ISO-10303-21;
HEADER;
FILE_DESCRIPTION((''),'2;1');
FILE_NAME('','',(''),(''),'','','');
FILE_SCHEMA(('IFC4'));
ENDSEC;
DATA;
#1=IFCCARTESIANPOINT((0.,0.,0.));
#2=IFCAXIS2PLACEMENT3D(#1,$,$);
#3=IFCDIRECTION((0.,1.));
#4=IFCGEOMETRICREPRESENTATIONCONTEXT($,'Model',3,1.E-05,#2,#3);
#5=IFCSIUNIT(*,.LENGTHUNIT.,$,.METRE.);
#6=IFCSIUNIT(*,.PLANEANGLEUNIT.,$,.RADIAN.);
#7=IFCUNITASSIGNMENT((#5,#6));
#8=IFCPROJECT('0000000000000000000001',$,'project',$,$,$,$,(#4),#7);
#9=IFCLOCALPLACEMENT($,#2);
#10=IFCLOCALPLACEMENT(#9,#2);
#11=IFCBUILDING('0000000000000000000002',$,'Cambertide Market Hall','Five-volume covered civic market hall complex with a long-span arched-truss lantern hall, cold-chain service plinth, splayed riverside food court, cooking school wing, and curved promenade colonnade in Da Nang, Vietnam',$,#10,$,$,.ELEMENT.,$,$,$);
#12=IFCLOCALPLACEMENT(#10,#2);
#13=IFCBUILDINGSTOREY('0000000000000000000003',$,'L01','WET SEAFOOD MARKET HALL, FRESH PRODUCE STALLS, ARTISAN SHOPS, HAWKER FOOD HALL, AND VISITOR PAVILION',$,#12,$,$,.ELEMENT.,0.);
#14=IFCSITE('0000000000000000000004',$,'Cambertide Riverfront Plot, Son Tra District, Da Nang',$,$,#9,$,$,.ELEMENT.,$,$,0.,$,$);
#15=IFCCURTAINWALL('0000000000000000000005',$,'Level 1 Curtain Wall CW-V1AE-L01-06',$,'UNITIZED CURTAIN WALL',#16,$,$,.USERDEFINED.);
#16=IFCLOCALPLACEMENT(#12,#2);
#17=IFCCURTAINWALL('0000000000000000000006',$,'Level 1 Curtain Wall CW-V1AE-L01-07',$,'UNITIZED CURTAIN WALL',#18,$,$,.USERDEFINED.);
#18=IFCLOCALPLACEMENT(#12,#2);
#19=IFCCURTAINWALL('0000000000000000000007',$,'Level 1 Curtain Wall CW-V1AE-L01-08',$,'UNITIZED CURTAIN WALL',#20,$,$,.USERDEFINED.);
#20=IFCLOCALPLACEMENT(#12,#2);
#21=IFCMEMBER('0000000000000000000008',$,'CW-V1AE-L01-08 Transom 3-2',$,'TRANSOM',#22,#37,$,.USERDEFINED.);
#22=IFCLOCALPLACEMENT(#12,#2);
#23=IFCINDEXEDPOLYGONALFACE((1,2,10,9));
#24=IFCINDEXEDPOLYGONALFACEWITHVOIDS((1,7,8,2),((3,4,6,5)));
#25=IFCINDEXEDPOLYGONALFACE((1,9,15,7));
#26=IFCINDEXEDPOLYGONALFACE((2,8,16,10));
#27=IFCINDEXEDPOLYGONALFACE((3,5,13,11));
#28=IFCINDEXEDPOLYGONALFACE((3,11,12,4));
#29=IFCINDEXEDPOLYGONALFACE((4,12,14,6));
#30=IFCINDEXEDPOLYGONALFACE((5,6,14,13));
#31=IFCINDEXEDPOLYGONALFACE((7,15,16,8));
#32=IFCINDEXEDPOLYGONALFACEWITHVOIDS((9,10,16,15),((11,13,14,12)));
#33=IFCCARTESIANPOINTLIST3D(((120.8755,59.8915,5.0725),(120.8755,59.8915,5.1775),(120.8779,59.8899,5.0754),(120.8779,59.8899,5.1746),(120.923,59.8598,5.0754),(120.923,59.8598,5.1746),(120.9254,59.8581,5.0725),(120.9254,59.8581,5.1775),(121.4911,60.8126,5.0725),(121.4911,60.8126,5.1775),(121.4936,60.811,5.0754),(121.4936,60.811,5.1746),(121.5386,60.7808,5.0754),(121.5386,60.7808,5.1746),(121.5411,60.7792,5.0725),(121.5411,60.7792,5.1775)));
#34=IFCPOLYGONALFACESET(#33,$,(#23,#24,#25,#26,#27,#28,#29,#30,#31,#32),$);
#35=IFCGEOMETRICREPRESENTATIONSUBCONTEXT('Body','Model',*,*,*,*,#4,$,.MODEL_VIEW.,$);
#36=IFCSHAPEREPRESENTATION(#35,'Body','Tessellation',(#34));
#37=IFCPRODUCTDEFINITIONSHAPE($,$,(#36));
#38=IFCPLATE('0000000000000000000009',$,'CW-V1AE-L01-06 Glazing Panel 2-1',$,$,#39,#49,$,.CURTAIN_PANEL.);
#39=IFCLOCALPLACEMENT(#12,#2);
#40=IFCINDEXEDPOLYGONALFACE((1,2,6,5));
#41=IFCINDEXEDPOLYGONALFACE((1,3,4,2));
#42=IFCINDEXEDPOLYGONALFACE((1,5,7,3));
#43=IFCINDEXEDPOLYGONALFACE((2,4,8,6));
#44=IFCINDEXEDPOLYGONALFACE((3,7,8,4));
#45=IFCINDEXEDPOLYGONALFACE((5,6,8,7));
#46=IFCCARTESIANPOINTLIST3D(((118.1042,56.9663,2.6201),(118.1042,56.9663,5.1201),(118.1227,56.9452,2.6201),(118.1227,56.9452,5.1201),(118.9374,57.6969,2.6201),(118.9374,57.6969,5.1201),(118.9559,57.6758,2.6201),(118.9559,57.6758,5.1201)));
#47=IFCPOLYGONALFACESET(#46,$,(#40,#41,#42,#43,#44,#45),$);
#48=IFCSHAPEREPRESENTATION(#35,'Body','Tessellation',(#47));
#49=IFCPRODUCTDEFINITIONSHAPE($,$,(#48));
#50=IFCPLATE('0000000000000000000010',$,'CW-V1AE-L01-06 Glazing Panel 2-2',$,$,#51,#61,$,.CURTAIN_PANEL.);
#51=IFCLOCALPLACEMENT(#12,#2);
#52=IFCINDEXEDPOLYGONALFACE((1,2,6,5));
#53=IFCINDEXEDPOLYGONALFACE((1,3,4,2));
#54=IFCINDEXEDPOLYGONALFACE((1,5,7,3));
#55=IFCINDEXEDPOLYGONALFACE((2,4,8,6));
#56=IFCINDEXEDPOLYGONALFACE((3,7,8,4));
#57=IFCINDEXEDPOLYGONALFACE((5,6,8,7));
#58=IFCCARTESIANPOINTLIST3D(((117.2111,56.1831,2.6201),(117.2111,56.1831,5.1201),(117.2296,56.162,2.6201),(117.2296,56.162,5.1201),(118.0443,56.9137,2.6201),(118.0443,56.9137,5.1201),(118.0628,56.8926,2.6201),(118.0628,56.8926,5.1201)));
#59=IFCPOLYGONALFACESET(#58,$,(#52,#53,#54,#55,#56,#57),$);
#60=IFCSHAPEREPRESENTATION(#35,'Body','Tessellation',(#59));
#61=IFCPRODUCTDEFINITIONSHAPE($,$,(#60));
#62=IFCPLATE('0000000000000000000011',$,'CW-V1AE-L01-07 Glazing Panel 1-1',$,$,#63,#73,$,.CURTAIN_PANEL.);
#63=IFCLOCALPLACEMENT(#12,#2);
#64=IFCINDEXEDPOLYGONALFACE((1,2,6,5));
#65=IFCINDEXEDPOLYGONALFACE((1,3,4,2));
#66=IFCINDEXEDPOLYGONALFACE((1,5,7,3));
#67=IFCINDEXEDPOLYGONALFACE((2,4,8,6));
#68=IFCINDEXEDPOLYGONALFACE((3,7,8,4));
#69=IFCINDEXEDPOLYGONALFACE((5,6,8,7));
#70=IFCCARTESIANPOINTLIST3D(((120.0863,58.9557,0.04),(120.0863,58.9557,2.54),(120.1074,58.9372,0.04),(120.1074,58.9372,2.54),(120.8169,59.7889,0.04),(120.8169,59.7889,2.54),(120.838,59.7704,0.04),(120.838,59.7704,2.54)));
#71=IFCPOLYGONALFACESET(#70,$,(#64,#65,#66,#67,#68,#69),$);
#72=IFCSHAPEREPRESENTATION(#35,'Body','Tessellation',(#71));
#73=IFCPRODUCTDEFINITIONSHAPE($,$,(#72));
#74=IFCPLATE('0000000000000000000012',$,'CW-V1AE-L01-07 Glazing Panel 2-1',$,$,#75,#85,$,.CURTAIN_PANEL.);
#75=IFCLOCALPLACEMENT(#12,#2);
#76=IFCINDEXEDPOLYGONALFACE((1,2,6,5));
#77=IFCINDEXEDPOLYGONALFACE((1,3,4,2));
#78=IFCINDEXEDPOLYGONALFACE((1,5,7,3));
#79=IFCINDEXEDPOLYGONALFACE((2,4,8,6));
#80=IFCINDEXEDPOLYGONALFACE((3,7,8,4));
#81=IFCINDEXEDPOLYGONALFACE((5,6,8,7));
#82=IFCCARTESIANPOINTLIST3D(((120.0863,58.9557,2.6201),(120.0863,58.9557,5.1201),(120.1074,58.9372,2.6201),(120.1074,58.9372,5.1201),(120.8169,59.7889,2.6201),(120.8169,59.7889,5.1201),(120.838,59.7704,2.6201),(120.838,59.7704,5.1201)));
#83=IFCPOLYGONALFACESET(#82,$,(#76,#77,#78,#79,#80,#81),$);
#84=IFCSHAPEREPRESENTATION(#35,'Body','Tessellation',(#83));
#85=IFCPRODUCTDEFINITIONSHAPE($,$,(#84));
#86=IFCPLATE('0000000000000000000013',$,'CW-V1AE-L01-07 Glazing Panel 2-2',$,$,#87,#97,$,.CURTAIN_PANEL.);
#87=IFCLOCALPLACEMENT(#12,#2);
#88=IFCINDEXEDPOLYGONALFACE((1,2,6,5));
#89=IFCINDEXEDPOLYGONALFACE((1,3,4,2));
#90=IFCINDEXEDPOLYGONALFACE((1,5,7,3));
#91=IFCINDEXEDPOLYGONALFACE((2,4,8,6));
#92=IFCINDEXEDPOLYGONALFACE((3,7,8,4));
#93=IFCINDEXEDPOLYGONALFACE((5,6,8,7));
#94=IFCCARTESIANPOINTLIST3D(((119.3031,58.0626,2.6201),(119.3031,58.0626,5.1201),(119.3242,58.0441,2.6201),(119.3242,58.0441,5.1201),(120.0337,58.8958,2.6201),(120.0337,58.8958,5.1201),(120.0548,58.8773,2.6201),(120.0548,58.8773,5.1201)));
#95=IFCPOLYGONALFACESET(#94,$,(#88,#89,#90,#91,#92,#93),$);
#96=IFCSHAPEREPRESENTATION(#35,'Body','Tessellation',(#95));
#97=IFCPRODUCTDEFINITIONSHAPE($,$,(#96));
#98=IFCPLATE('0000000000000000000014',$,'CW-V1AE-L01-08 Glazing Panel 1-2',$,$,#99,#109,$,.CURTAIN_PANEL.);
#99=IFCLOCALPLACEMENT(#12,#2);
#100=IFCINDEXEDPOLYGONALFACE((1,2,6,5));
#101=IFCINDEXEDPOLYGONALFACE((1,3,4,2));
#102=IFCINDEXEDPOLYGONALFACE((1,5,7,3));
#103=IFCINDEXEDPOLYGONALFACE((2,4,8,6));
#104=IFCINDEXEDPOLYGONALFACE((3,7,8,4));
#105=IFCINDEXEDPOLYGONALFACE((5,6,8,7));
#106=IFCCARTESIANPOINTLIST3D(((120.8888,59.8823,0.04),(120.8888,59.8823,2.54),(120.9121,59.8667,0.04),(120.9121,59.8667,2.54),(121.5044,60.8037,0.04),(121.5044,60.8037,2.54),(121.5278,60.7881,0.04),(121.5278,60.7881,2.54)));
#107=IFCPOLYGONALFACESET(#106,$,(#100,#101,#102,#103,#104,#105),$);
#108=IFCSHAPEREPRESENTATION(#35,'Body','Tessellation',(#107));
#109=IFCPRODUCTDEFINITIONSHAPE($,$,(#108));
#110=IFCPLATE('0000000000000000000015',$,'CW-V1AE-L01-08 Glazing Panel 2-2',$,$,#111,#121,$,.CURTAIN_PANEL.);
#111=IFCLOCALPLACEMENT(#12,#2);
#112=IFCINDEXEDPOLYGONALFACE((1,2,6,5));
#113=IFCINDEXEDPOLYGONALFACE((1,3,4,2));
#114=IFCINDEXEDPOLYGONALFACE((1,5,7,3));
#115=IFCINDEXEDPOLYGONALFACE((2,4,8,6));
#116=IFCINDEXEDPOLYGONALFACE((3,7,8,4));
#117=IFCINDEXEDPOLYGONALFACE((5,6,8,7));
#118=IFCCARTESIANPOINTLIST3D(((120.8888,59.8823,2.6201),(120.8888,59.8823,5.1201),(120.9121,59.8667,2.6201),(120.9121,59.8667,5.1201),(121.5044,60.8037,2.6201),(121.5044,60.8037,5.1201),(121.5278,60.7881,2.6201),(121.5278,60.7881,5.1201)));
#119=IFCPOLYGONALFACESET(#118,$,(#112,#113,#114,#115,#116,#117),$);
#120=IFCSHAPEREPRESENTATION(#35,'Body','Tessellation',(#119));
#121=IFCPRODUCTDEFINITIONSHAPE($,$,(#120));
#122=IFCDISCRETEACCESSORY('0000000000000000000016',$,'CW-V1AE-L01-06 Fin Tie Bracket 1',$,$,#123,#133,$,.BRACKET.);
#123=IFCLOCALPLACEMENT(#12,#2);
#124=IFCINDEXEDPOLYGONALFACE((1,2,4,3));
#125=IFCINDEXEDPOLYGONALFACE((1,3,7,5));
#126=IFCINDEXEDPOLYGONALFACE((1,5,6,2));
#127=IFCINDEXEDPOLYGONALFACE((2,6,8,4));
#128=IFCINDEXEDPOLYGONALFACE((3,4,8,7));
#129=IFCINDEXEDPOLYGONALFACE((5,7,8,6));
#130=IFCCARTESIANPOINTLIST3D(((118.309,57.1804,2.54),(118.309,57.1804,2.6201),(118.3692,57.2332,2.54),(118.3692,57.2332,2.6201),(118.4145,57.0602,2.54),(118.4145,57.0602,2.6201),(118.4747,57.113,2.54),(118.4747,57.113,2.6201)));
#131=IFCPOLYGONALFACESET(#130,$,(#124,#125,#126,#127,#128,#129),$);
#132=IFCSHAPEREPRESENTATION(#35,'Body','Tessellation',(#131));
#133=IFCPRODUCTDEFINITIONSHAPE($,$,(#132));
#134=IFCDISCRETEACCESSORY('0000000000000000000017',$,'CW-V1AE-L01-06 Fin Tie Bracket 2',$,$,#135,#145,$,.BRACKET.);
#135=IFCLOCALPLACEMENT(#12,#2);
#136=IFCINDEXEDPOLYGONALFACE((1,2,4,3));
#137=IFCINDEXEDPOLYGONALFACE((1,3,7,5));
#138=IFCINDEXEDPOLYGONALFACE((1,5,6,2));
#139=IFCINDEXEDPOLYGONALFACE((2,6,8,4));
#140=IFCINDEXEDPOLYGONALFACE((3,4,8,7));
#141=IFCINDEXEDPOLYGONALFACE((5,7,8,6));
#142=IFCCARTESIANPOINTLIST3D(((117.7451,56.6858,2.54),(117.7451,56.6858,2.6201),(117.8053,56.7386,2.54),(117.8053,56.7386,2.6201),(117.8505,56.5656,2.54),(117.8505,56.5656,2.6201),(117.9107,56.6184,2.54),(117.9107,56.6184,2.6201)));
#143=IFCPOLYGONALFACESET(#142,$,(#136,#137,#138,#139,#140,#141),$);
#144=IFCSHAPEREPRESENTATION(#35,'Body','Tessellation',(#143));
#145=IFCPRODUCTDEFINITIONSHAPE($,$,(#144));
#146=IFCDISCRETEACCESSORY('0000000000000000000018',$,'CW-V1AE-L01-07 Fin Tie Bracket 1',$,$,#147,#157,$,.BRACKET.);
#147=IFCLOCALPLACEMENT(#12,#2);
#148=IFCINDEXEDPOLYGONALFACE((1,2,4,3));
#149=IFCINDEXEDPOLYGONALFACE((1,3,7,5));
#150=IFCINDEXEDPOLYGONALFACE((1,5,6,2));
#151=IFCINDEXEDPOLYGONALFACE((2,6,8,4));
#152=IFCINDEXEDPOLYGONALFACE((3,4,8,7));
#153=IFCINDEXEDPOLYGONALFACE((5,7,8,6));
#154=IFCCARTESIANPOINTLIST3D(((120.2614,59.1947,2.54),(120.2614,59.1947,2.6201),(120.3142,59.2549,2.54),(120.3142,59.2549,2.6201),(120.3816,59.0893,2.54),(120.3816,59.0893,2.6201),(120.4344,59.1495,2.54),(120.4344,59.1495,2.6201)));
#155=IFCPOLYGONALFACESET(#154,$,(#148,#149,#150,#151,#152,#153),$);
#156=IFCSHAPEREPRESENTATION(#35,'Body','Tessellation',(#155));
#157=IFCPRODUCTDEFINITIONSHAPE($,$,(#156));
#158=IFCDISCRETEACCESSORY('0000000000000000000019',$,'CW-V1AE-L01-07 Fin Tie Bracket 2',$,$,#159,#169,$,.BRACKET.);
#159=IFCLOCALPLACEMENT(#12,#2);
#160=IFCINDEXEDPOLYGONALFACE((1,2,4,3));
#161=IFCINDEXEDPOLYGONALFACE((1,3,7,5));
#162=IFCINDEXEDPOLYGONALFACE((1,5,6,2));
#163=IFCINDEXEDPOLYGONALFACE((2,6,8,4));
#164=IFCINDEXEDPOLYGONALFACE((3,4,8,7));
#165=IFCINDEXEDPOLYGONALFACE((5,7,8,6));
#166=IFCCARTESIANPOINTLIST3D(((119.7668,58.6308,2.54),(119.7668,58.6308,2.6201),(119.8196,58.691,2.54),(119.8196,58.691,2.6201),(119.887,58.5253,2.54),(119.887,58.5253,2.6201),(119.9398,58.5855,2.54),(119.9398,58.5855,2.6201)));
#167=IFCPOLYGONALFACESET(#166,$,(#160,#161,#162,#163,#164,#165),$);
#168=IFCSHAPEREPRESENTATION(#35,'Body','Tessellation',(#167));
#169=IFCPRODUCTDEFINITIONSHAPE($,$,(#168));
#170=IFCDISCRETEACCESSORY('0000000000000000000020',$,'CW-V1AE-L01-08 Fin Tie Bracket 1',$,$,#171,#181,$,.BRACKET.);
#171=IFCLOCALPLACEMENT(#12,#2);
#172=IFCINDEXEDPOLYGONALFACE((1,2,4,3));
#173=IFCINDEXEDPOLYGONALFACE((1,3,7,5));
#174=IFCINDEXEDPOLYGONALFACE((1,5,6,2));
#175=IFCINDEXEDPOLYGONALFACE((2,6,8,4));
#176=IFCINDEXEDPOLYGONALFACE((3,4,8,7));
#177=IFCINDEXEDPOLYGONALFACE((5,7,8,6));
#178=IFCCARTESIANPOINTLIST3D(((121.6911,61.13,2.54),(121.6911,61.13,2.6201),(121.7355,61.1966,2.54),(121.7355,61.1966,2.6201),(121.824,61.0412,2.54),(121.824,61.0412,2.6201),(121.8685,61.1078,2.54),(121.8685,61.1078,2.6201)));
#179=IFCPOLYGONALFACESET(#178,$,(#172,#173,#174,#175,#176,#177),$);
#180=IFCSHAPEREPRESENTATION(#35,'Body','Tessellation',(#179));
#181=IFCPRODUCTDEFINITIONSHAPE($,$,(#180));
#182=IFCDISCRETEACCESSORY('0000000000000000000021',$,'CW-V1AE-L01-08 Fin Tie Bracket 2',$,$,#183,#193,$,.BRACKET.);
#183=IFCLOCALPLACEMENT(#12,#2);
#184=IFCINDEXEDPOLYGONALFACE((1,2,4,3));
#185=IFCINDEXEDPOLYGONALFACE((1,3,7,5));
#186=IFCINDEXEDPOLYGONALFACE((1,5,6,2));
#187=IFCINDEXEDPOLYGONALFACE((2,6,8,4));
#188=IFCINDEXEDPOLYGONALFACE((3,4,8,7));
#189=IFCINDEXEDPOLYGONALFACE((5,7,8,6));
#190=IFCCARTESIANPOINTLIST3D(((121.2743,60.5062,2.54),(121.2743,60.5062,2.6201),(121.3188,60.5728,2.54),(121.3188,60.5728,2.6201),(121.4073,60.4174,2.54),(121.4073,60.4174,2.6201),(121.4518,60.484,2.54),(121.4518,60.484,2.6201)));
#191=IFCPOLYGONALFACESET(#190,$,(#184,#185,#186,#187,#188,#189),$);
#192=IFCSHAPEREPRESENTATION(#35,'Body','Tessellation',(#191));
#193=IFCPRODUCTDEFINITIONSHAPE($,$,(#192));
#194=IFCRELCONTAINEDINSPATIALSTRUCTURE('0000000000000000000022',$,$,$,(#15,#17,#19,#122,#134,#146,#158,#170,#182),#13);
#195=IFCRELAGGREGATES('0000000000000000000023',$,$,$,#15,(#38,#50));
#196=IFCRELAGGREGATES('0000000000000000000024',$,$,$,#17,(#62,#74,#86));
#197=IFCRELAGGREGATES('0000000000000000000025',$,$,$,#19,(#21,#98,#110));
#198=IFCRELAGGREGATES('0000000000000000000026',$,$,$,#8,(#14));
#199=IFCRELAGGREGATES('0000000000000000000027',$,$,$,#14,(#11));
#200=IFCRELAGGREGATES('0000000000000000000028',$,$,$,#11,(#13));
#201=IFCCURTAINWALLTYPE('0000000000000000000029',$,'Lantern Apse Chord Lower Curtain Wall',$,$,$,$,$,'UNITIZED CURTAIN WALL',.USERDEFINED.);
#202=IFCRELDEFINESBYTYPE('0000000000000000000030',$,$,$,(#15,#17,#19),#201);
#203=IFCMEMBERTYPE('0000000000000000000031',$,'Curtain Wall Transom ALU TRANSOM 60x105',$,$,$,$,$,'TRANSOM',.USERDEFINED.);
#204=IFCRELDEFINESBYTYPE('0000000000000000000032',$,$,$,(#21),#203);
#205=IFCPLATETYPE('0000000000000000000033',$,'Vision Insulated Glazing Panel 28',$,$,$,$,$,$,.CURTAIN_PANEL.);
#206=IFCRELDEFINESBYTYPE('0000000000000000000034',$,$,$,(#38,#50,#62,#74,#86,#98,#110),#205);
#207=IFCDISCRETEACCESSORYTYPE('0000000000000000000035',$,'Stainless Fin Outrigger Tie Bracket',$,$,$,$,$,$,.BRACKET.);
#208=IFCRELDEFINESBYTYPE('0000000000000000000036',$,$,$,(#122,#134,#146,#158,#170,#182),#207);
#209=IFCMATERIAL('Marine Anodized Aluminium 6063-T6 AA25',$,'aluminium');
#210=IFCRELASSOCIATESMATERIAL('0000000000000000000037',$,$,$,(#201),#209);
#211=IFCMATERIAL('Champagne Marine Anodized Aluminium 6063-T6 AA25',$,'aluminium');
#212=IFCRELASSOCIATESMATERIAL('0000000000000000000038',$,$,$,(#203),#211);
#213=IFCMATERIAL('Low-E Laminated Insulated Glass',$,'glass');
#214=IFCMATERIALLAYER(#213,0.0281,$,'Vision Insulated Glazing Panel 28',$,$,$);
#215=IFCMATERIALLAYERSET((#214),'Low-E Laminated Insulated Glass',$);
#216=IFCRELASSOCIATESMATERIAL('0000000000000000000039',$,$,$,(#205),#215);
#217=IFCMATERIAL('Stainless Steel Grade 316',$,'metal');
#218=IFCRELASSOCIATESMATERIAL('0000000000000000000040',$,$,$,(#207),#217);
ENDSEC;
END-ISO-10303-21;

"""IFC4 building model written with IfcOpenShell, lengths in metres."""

from ifc_helpers import new_model, si_unit, direction, frame, origin, origin_2d, place, context, subcontext, project, spatial, rectangle, hollow_rectangle, extrude, material, layer, layer_set, material_profile, profile_set, type_object, element, aggregate, save


model = new_model("IFC4")

# Units and contexts
model_context = context("Model", 3, precision=1e-05, world=origin(), true_north=direction((0.0, 1.0)))
body_context = subcontext(model_context, "Body", "Model", "MODEL_VIEW")
ifc_project = project(units=[si_unit("LENGTHUNIT", "METRE"), si_unit("PLANEANGLEUNIT", "RADIAN")], contexts=[model_context])

# Site, building, storey
site_placement = place(None, origin())
site = spatial("IfcSite", under=ifc_project, at=site_placement, Name="Cambertide Riverfront Plot, Son Tra District, Da Nang", CompositionType="ELEMENT", RefElevation=0.0)
building_placement = place(site_placement, origin())
building = spatial("IfcBuilding", under=site, at=building_placement, Name="Cambertide Market Hall", Description="Five-volume covered civic market hall complex with a long-span arched-truss lantern hall, cold-chain service plinth, splayed riverside food court, cooking school wing, and curved promenade colonnade in Da Nang, Vietnam", CompositionType="ELEMENT")
storey_placement = place(building_placement, origin())
storey = spatial("IfcBuildingStorey", under=building, at=storey_placement, Name="L01", Description="WET SEAFOOD MARKET HALL, FRESH PRODUCE STALLS, ARTISAN SHOPS, HAWKER FOOD HALL, AND VISITOR PAVILION", CompositionType="ELEMENT", Elevation=0.0)

# Curtain walls, member
ifc_material_1 = material(Name="Marine Anodized Aluminium 6063-T6 AA25", Category="aluminium")
curtain_wall_type = type_object("IfcCurtainWallType", Name="Lantern Apse Chord Lower Curtain Wall", ElementType="UNITIZED CURTAIN WALL", PredefinedType="USERDEFINED", material=ifc_material_1)
ifc_material_2 = material(Name="Champagne Marine Anodized Aluminium 6063-T6 AA25", Category="aluminium")
ifc_material_profile = material_profile(ifc_material_2, hollow_rectangle(XDim=0.0601, YDim=0.105, WallThickness=0.0029, at=origin_2d()), Name="ALU TRANSOM 60x105")
ifc_profile_set = profile_set([ifc_material_profile], Name="Champagne Marine Anodized Aluminium 6063-T6 AA25")
member_type = type_object("IfcMemberType", Name="Curtain Wall Transom ALU TRANSOM 60x105", ElementType="TRANSOM", PredefinedType="USERDEFINED", material=ifc_profile_set)
curtain_wall_1_placement = place(storey_placement, origin())
curtain_wall_1 = element("IfcCurtainWall", 1, at=curtain_wall_1_placement, inside=storey, type_object=curtain_wall_type, Name="Level 1 Curtain Wall CW-V1AE-L01-06", ObjectType="UNITIZED CURTAIN WALL", PredefinedType="USERDEFINED")
curtain_wall_2_placement = place(storey_placement, origin())
curtain_wall_2 = element("IfcCurtainWall", 2, at=curtain_wall_2_placement, inside=storey, type_object=curtain_wall_type, Name="Level 1 Curtain Wall CW-V1AE-L01-07", ObjectType="UNITIZED CURTAIN WALL", PredefinedType="USERDEFINED")
curtain_wall_3_placement = place(storey_placement, origin())
curtain_wall_3 = element("IfcCurtainWall", 3, at=curtain_wall_3_placement, inside=storey, type_object=curtain_wall_type, Name="Level 1 Curtain Wall CW-V1AE-L01-08", ObjectType="UNITIZED CURTAIN WALL", PredefinedType="USERDEFINED")
member_1_placement = place(storey_placement, frame((121.5161, 60.7959, 5.125), z_axis=(-0.555717, -0.831372, 0.0), x_axis=(0.831372, -0.555717, 0.0)))
member_1 = element("IfcMember", 4, at=member_1_placement, type_object=member_type, Name="CW-V1AE-L01-08 Transom 3-2", ObjectType="TRANSOM", PredefinedType="USERDEFINED", context=body_context, shape_type="SweptSolid", body=[
    extrude(hollow_rectangle(XDim=0.0601, YDim=0.105, WallThickness=0.0029, at=origin_2d()), origin(), (0.0, 0.0, 1.0), 1.1079),
])

# Plates
ifc_material_3 = material(Name="Low-E Laminated Insulated Glass", Category="glass")
ifc_layer = layer(ifc_material_3, 0.0281, Name="Vision Insulated Glazing Panel 28")
ifc_layer_set = layer_set([ifc_layer], Name="Low-E Laminated Insulated Glass")
plate_type = type_object("IfcPlateType", Name="Vision Insulated Glazing Panel 28", PredefinedType="CURTAIN_PANEL", material=ifc_layer_set)
plate_1_placement = place(storey_placement, frame((118.53, 57.321, 2.6201), z_axis=(0.0, 0.0, 1.0), x_axis=(-0.75184, -0.659346, 0.0)))
plate_1 = element("IfcPlate", 5, at=plate_1_placement, type_object=plate_type, Name="CW-V1AE-L01-06 Glazing Panel 2-1", PredefinedType="CURTAIN_PANEL", context=body_context, shape_type="SweptSolid", body=[
    extrude(rectangle(XDim=1.1082, YDim=0.0281, at=origin_2d()), origin(), (0.0, 0.0, 1.0), 2.5),
])
plate_2_placement = place(storey_placement, frame((117.637, 56.5378, 2.6201), z_axis=(0.0, 0.0, 1.0), x_axis=(-0.75184, -0.659346, 0.0)))
plate_2 = element("IfcPlate", 6, at=plate_2_placement, type_object=plate_type, Name="CW-V1AE-L01-06 Glazing Panel 2-2", PredefinedType="CURTAIN_PANEL", context=body_context, shape_type="SweptSolid", body=[
    extrude(rectangle(XDim=1.1082, YDim=0.0281, at=origin_2d()), origin(), (0.0, 0.0, 1.0), 2.5),
])
aggregate(curtain_wall_1, [plate_1, plate_2])
plate_3_placement = place(storey_placement, frame((120.4622, 59.363, 0.04), z_axis=(0.0, 0.0, 1.0), x_axis=(-0.659346, -0.75184, 0.0)))
plate_3 = element("IfcPlate", 7, at=plate_3_placement, type_object=plate_type, Name="CW-V1AE-L01-07 Glazing Panel 1-1", PredefinedType="CURTAIN_PANEL", context=body_context, shape_type="SweptSolid", body=[
    extrude(rectangle(XDim=1.1082, YDim=0.0281, at=origin_2d()), origin(), (0.0, 0.0, 1.0), 2.5),
])
plate_4_placement = place(storey_placement, frame((120.4622, 59.363, 2.6201), z_axis=(0.0, 0.0, 1.0), x_axis=(-0.659346, -0.75184, 0.0)))
plate_4 = element("IfcPlate", 8, at=plate_4_placement, type_object=plate_type, Name="CW-V1AE-L01-07 Glazing Panel 2-1", PredefinedType="CURTAIN_PANEL", context=body_context, shape_type="SweptSolid", body=[
    extrude(rectangle(XDim=1.1082, YDim=0.0281, at=origin_2d()), origin(), (0.0, 0.0, 1.0), 2.5),
])
plate_5_placement = place(storey_placement, frame((119.679, 58.47, 2.6201), z_axis=(0.0, 0.0, 1.0), x_axis=(-0.659346, -0.75184, 0.0)))
plate_5 = element("IfcPlate", 9, at=plate_5_placement, type_object=plate_type, Name="CW-V1AE-L01-07 Glazing Panel 2-2", PredefinedType="CURTAIN_PANEL", context=body_context, shape_type="SweptSolid", body=[
    extrude(rectangle(XDim=1.1082, YDim=0.0281, at=origin_2d()), origin(), (0.0, 0.0, 1.0), 2.5),
])
aggregate(curtain_wall_2, [plate_3, plate_4, plate_5])
plate_6_placement = place(storey_placement, frame((121.2083, 60.3352, 0.04), z_axis=(0.0, 0.0, 1.0), x_axis=(-0.55557, -0.83147, 0.0)))
plate_6 = element("IfcPlate", 10, at=plate_6_placement, type_object=plate_type, Name="CW-V1AE-L01-08 Glazing Panel 1-2", PredefinedType="CURTAIN_PANEL", context=body_context, shape_type="SweptSolid", body=[
    extrude(rectangle(XDim=1.1082, YDim=0.0281, at=origin_2d()), origin(), (0.0, 0.0, 1.0), 2.5),
])
plate_7_placement = place(storey_placement, frame((121.2083, 60.3352, 2.6201), z_axis=(0.0, 0.0, 1.0), x_axis=(-0.55557, -0.83147, 0.0)))
plate_7 = element("IfcPlate", 11, at=plate_7_placement, type_object=plate_type, Name="CW-V1AE-L01-08 Glazing Panel 2-2", PredefinedType="CURTAIN_PANEL", context=body_context, shape_type="SweptSolid", body=[
    extrude(rectangle(XDim=1.1082, YDim=0.0281, at=origin_2d()), origin(), (0.0, 0.0, 1.0), 2.5),
])
aggregate(curtain_wall_3, [member_1, plate_6, plate_7])

# Discrete accessories
ifc_material_4 = material(Name="Stainless Steel Grade 316", Category="metal")
discrete_accessory_type = type_object("IfcDiscreteAccessoryType", Name="Stainless Fin Outrigger Tie Bracket", PredefinedType="BRACKET", material=ifc_material_4)
for number, where, z_axis, x_axis, name in (
    (12, (118.3918, 57.1467, 2.54), (0.0, 0.0, 1.0), (-0.75184, -0.659346, 0.0), "CW-V1AE-L01-06 Fin Tie Bracket 1"),
    (13, (117.8279, 56.6521, 2.54), (0.0, 0.0, 1.0), (-0.75184, -0.659346, 0.0), "CW-V1AE-L01-06 Fin Tie Bracket 2"),
    (14, (120.3479, 59.1721, 2.54), (0.0, 0.0, 1.0), (-0.659346, -0.75184, 0.0), "CW-V1AE-L01-07 Fin Tie Bracket 1"),
    (15, (119.8533, 58.6082, 2.54), (0.0, 0.0, 1.0), (-0.659346, -0.75184, 0.0), "CW-V1AE-L01-07 Fin Tie Bracket 2"),
    (16, (121.7798, 61.1189, 2.54), (0.0, 0.0, 1.0), (-0.55557, -0.83147, 0.0), "CW-V1AE-L01-08 Fin Tie Bracket 1"),
    (17, (121.363, 60.4951, 2.54), (0.0, 0.0, 1.0), (-0.55557, -0.83147, 0.0), "CW-V1AE-L01-08 Fin Tie Bracket 2"),
):
    element("IfcDiscreteAccessory", number, at=place(storey_placement, frame(where, z_axis=z_axis, x_axis=x_axis)), inside=storey, type_object=discrete_accessory_type, Name=name, PredefinedType="BRACKET", context=body_context, shape_type="SweptSolid", body=[
        extrude(rectangle(XDim=0.0801, YDim=0.1599, at=origin_2d()), origin(), (0.0, 0.0, 1.0), 0.0801),
    ])

save(model, "model.ifc")
